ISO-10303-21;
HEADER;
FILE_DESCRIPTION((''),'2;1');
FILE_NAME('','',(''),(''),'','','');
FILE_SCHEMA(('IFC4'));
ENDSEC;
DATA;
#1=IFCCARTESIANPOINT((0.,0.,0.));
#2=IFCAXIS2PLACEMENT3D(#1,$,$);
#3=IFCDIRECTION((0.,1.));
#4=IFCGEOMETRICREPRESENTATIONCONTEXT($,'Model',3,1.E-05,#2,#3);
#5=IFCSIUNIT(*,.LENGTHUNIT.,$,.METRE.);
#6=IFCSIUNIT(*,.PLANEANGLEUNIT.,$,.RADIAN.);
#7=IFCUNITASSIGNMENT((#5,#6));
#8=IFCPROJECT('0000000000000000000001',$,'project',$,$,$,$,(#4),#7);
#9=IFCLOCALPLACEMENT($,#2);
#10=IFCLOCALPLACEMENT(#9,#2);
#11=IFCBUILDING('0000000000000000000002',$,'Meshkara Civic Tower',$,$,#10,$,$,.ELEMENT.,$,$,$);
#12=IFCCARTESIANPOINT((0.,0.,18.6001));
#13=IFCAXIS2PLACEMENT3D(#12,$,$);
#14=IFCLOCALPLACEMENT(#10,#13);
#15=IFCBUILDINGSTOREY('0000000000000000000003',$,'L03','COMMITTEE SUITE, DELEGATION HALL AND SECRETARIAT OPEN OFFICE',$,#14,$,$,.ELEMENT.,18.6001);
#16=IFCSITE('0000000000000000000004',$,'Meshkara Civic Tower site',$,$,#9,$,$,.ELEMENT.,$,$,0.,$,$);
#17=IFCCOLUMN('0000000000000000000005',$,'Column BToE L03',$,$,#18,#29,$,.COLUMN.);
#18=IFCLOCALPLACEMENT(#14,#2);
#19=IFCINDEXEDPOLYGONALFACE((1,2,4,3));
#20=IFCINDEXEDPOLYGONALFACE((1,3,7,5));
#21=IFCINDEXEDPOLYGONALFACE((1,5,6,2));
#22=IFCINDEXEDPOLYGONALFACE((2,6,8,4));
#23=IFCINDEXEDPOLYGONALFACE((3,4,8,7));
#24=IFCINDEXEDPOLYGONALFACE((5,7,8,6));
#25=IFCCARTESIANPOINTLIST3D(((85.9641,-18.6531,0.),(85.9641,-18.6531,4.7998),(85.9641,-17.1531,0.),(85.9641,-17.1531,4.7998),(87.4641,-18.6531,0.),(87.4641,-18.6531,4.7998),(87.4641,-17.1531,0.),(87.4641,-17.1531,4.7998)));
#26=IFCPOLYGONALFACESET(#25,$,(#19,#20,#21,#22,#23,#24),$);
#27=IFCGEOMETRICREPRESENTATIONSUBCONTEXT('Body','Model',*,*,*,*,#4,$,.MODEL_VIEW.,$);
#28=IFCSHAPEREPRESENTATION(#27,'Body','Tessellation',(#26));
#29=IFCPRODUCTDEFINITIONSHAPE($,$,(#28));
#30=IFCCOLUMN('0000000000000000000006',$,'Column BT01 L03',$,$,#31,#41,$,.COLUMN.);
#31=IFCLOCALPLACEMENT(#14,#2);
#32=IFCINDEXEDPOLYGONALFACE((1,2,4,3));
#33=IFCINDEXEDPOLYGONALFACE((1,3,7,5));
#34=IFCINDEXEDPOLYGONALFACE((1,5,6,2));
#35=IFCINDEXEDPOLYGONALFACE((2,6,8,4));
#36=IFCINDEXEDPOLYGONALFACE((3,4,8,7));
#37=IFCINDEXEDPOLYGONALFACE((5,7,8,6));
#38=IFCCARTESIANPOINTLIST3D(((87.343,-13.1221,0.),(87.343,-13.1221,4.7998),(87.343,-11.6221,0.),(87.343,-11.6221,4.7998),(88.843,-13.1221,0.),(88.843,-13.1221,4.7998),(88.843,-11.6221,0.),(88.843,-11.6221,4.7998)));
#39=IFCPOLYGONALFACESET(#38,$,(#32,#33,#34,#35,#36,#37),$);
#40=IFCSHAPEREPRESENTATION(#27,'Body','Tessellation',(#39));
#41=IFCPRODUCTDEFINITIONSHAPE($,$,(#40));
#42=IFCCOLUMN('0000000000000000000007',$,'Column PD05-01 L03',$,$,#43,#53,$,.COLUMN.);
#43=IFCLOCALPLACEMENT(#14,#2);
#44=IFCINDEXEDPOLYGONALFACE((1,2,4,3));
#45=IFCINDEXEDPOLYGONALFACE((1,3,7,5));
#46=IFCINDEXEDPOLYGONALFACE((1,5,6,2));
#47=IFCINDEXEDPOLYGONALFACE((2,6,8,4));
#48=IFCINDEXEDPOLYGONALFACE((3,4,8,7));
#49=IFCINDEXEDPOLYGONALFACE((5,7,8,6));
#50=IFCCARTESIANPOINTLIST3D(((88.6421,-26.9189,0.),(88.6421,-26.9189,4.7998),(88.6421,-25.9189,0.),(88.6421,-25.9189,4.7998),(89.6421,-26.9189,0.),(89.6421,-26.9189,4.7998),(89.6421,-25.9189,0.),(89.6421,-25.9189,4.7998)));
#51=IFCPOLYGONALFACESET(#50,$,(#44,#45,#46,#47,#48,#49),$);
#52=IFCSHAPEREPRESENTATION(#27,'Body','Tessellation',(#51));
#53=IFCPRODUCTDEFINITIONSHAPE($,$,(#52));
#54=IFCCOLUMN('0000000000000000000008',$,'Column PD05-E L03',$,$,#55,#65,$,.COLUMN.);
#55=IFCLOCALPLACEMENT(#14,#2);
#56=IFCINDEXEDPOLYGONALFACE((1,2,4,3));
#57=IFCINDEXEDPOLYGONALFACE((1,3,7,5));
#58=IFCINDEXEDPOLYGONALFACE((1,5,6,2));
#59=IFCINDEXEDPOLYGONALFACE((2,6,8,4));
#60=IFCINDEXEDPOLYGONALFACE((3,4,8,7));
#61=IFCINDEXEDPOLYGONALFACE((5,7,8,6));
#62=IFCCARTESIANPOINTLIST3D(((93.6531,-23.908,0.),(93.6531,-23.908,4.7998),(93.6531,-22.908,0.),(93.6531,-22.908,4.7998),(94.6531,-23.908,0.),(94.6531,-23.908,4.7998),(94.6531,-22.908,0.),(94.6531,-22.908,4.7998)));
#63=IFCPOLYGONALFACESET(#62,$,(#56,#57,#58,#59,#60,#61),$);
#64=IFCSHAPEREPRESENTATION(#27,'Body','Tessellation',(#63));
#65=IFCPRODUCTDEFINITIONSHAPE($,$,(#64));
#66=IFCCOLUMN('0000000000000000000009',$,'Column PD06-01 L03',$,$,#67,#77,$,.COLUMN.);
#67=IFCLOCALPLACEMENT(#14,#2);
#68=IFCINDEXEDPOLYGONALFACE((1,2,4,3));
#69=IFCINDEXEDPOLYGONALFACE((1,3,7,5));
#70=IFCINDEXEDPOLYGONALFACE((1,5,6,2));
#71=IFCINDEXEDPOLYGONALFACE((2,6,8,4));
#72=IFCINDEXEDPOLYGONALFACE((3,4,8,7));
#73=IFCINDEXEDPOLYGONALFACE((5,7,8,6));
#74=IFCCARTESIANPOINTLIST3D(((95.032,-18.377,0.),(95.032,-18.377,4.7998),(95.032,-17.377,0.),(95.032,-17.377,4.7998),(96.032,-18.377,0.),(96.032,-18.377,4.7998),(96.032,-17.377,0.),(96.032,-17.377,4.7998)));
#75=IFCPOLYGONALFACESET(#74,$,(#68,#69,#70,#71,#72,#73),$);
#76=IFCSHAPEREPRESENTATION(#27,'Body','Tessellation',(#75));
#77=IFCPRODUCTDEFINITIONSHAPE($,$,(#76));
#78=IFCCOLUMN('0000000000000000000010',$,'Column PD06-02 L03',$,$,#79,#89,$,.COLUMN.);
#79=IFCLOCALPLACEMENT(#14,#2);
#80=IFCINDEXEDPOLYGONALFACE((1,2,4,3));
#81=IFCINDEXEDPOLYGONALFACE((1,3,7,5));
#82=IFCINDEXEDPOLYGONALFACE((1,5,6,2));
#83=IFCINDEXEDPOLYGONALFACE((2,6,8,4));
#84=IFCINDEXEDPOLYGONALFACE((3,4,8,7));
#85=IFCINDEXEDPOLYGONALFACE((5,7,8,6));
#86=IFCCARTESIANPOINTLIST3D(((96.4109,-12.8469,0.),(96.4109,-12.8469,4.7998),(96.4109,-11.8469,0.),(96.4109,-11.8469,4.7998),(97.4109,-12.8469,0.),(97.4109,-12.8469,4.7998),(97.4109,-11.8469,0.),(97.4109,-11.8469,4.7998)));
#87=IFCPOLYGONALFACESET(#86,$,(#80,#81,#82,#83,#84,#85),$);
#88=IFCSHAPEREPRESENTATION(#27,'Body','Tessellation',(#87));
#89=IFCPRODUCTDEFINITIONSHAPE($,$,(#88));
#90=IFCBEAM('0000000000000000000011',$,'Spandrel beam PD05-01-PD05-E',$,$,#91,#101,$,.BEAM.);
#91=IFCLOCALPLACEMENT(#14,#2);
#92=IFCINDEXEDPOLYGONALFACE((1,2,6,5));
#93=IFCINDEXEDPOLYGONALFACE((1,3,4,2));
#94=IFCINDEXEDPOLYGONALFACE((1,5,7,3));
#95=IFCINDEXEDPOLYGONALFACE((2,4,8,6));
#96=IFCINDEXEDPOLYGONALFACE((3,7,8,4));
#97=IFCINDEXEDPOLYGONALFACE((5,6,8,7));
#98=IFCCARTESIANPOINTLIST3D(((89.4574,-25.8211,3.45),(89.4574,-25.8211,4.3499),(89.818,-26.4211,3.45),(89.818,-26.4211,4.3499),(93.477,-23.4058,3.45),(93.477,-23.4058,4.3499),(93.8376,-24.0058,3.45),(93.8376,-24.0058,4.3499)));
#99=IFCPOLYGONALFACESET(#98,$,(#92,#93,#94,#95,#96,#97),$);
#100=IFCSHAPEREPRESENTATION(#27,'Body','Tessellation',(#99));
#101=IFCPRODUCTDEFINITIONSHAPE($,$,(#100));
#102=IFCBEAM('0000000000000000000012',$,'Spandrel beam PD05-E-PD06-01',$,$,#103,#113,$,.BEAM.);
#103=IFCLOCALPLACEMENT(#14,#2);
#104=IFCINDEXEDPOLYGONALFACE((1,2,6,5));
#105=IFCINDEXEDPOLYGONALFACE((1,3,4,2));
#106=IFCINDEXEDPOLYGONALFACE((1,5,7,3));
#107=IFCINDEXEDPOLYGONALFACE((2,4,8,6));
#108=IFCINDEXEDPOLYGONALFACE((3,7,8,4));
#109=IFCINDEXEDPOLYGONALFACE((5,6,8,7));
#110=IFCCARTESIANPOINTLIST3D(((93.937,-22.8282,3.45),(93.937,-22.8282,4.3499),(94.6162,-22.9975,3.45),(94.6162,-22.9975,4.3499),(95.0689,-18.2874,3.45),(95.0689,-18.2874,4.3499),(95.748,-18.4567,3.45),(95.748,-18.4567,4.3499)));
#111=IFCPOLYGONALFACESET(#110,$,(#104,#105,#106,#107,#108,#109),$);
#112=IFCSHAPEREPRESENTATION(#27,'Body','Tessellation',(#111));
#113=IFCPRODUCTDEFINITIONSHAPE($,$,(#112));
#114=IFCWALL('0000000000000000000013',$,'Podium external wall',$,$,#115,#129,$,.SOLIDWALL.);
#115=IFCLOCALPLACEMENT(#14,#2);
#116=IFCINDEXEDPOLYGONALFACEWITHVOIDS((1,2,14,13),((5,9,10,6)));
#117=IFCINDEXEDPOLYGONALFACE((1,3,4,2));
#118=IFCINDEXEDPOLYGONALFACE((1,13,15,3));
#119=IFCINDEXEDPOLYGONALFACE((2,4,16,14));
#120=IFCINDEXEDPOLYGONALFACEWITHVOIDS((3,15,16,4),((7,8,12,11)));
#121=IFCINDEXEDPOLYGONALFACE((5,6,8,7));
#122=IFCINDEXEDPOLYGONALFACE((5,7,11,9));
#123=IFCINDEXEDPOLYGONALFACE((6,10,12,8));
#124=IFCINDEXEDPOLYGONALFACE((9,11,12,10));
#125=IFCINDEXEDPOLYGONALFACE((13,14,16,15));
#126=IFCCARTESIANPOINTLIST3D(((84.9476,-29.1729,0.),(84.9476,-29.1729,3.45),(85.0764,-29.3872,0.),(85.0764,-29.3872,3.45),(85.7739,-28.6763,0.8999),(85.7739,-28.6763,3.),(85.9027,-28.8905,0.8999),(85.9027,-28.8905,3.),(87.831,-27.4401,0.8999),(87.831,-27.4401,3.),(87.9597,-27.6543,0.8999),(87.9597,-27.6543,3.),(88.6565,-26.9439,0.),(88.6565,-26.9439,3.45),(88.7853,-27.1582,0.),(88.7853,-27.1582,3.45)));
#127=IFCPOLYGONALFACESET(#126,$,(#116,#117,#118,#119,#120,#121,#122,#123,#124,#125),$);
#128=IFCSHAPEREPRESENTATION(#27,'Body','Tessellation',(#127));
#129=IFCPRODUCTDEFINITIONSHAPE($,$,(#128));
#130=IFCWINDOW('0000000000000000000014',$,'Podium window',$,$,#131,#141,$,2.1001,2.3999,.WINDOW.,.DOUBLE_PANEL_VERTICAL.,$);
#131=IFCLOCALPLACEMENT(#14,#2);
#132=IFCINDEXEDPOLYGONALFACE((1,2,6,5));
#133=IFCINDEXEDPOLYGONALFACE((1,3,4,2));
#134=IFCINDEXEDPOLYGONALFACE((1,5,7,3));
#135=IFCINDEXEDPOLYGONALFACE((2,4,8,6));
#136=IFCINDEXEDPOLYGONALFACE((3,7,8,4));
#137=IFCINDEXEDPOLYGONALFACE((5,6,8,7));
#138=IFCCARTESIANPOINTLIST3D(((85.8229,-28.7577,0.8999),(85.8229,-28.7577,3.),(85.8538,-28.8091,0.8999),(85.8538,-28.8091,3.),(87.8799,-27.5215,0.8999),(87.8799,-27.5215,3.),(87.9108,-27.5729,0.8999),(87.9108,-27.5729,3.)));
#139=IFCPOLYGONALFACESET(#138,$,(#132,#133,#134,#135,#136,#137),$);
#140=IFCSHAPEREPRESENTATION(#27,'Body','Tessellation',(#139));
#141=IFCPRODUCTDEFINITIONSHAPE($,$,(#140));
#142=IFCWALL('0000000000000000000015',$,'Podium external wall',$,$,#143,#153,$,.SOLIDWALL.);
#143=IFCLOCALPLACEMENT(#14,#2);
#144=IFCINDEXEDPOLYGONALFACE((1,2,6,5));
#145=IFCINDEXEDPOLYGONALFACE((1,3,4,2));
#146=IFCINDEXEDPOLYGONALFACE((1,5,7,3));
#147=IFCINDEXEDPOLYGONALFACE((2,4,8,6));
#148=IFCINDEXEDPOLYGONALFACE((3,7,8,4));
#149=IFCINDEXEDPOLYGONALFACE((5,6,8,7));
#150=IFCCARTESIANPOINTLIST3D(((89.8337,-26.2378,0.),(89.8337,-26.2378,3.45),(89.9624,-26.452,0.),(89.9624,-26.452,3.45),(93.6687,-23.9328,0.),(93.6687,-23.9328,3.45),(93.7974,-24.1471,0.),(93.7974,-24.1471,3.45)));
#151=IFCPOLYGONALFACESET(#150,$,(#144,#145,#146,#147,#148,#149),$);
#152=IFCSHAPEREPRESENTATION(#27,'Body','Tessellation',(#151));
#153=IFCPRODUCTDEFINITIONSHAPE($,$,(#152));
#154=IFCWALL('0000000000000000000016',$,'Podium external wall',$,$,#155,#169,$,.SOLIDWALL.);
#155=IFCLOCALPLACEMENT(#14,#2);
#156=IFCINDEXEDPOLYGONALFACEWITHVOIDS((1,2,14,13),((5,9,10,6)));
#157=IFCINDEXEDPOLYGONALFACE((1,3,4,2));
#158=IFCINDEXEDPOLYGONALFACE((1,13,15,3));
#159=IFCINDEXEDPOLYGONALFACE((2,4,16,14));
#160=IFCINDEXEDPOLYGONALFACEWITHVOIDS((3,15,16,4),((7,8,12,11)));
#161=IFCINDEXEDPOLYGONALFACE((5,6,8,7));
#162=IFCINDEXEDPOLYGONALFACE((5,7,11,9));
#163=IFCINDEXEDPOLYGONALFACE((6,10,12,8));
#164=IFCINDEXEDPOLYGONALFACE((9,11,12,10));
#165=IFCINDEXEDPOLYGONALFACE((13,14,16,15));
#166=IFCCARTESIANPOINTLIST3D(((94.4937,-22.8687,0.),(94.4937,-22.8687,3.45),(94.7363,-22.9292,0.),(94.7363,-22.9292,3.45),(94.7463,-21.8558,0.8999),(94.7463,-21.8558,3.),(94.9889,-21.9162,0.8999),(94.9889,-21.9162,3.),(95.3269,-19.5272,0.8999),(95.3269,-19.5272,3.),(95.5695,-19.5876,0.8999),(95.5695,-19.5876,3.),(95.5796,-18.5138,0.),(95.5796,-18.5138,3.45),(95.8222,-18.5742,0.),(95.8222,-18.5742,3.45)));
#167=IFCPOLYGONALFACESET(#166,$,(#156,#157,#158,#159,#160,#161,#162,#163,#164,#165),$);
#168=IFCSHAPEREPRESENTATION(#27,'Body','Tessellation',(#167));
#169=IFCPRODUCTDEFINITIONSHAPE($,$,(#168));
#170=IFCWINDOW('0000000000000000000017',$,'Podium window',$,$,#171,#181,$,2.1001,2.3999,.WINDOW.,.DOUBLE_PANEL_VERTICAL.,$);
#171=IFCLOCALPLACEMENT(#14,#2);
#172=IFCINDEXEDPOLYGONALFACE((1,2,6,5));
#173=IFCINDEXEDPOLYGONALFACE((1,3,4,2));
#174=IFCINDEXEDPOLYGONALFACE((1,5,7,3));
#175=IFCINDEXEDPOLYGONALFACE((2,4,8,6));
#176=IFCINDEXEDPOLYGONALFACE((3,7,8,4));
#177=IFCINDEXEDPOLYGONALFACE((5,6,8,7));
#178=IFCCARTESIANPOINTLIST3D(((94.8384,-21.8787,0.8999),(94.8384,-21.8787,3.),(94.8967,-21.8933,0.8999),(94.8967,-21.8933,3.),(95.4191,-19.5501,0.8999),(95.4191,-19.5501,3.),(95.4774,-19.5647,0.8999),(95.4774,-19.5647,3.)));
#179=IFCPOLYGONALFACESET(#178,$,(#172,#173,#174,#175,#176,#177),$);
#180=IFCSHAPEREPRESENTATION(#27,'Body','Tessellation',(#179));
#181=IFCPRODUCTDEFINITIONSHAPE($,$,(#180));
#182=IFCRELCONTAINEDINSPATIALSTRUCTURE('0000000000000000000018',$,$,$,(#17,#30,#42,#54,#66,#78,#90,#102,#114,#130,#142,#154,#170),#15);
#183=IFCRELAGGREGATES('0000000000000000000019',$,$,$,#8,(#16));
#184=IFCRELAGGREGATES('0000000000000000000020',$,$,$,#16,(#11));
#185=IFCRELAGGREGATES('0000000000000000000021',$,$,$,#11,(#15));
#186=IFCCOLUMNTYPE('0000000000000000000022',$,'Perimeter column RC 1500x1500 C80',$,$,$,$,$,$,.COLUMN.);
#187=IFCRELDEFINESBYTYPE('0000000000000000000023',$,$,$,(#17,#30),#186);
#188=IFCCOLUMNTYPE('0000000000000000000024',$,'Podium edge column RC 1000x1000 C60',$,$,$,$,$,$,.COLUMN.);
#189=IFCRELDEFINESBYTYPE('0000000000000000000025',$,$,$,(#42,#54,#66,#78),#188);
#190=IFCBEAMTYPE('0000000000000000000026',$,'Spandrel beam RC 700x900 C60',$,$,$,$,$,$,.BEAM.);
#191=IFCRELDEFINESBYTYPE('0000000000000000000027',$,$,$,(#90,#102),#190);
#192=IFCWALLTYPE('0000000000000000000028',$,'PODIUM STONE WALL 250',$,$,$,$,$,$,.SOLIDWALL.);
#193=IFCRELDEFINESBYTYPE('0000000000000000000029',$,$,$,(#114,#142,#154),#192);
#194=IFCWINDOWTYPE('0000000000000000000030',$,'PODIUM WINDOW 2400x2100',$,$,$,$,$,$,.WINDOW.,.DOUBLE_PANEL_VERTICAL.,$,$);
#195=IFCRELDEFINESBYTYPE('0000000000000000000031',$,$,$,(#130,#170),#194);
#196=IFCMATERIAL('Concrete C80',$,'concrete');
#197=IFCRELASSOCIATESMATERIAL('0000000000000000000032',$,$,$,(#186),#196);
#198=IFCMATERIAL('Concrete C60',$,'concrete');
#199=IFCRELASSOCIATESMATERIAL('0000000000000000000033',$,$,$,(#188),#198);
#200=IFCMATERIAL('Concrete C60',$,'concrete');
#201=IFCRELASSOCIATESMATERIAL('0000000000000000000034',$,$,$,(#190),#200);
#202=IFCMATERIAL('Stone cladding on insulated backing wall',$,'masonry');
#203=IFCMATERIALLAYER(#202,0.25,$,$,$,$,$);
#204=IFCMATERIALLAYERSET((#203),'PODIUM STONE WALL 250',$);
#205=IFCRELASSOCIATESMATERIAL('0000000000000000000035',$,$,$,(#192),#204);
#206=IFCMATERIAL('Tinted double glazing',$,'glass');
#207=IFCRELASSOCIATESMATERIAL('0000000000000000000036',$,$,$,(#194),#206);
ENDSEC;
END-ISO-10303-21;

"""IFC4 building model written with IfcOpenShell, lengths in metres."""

from ifc_helpers import new_model, si_unit, direction, frame, frame_2d, origin, origin_2d, place, context, subcontext, project, spatial, rectangle, extrude, material, layer, layer_set, material_profile, profile_set, type_object, element, fill, save


model = new_model("IFC4")

# Units and contexts
model_context = context("Model", 3, precision=1e-05, world=origin(), true_north=direction((0.0, 1.0)))
body_context = subcontext(model_context, "Body", "Model", "MODEL_VIEW")
ifc_project = project(units=[si_unit("LENGTHUNIT", "METRE"), si_unit("PLANEANGLEUNIT", "RADIAN")], contexts=[model_context])

# Site, building, storey
site_placement = place(None, origin())
site = spatial("IfcSite", under=ifc_project, at=site_placement, Name="Meshkara Civic Tower site", CompositionType="ELEMENT", RefElevation=0.0)
building_placement = place(site_placement, origin())
building = spatial("IfcBuilding", under=site, at=building_placement, Name="Meshkara Civic Tower", CompositionType="ELEMENT")
storey_placement = place(building_placement, frame((0.0, 0.0, 18.6001)))
storey = spatial("IfcBuildingStorey", under=building, at=storey_placement, Name="L03", Description="COMMITTEE SUITE, DELEGATION HALL AND SECRETARIAT OPEN OFFICE", CompositionType="ELEMENT", Elevation=18.6001)

# Columns
ifc_material_1 = material(Name="Concrete C80", Category="concrete")
ifc_material_profile_1 = material_profile(ifc_material_1, rectangle(XDim=1.5, YDim=1.5, at=origin_2d()))
ifc_profile_set_1 = profile_set([ifc_material_profile_1], Name="Concrete C80")
column_type_1 = type_object("IfcColumnType", Name="Perimeter column RC 1500x1500 C80", PredefinedType="COLUMN", material=ifc_profile_set_1)
for number, where, z_axis, x_axis, name in (
    (1, (86.7141, -17.9031, 0.0), (0.0, 0.0, 1.0), (1.0, 0.0, 0.0), "Column BToE L03"),
    (2, (88.093, -12.3721, 0.0), (0.0, 0.0, 1.0), (1.0, 0.0, 0.0), "Column BT01 L03"),
):
    element("IfcColumn", number, at=place(storey_placement, frame(where, z_axis=z_axis, x_axis=x_axis)), inside=storey, type_object=column_type_1, Name=name, PredefinedType="COLUMN", context=body_context, shape_type="SweptSolid", body=[
        extrude(rectangle(XDim=1.5, YDim=1.5, at=origin_2d()), origin(), (0.0, 0.0, 1.0), 4.7998),
    ])
ifc_material_2 = material(Name="Concrete C60", Category="concrete")
ifc_material_profile_2 = material_profile(ifc_material_2, rectangle(XDim=1.0, YDim=1.0, at=origin_2d()))
ifc_profile_set_2 = profile_set([ifc_material_profile_2], Name="Concrete C60")
column_type_2 = type_object("IfcColumnType", Name="Podium edge column RC 1000x1000 C60", PredefinedType="COLUMN", material=ifc_profile_set_2)
for number, where, z_axis, x_axis, name in (
    (3, (89.1421, -26.4189, 0.0), (0.0, 0.0, 1.0), (1.0, 0.0, 0.0), "Column PD05-01 L03"),
    (4, (94.1531, -23.408, 0.0), (0.0, 0.0, 1.0), (1.0, 0.0, 0.0), "Column PD05-E L03"),
    (5, (95.532, -17.877, 0.0), (0.0, 0.0, 1.0), (1.0, 0.0, 0.0), "Column PD06-01 L03"),
    (6, (96.9109, -12.3469, 0.0), (0.0, 0.0, 1.0), (1.0, 0.0, 0.0), "Column PD06-02 L03"),
):
    element("IfcColumn", number, at=place(storey_placement, frame(where, z_axis=z_axis, x_axis=x_axis)), inside=storey, type_object=column_type_2, Name=name, PredefinedType="COLUMN", context=body_context, shape_type="SweptSolid", body=[
        extrude(rectangle(XDim=1.0, YDim=1.0, at=origin_2d()), origin(), (0.0, 0.0, 1.0), 4.7998),
    ])

# Beams
ifc_material_3 = material(Name="Concrete C60", Category="concrete")
ifc_material_profile_3 = material_profile(ifc_material_3, rectangle(XDim=0.7, YDim=0.8999, at=origin_2d()))
ifc_profile_set_3 = profile_set([ifc_material_profile_3], Name="Concrete C60")
beam_type = type_object("IfcBeamType", Name="Spandrel beam RC 700x900 C60", PredefinedType="BEAM", material=ifc_profile_set_3)
beam_1_placement = place(storey_placement, frame((89.6377, -26.1211, 3.8999), z_axis=(0.857157, 0.515055, 0.0), x_axis=(-0.515055, 0.857157, 0.0)))
element("IfcBeam", 7, at=beam_1_placement, inside=storey, type_object=beam_type, Name="Spandrel beam PD05-01-PD05-E", PredefinedType="BEAM", context=body_context, shape_type="SweptSolid", body=[
    extrude(rectangle(XDim=0.7, YDim=0.8999, at=origin_2d()), origin(), (0.0, 0.0, 1.0), 4.6895),
])
beam_2_placement = place(storey_placement, frame((94.2766, -22.9128, 3.8999), z_axis=(0.24186, 0.970311, 0.0), x_axis=(-0.970311, 0.24186, 0.0)))
element("IfcBeam", 8, at=beam_2_placement, inside=storey, type_object=beam_type, Name="Spandrel beam PD05-E-PD06-01", PredefinedType="BEAM", context=body_context, shape_type="SweptSolid", body=[
    extrude(rectangle(XDim=0.7, YDim=0.8999, at=origin_2d()), origin(), (0.0, 0.0, 1.0), 4.6797),
])

# Wall, opening, window
ifc_material_4 = material(Name="Stone cladding on insulated backing wall", Category="masonry")
ifc_layer_1 = layer(ifc_material_4, 0.25)
ifc_layer_set_1 = layer_set([ifc_layer_1], Name="PODIUM STONE WALL 250")
wall_type_1 = type_object("IfcWallType", Name="PODIUM STONE WALL 250", PredefinedType="SOLIDWALL", material=ifc_layer_set_1)
wall_1_placement = place(storey_placement, frame((85.012, -29.28, 0.0), z_axis=(0.0, 0.0, 1.0), x_axis=(0.857124, 0.51511, 0.0)))
wall_1 = element("IfcWall", 9, at=wall_1_placement, inside=storey, type_object=wall_type_1, Name="Podium external wall", PredefinedType="SOLIDWALL", context=body_context, shape_type="SweptSolid", body=[
    extrude(rectangle(XDim=4.3271, YDim=0.25, at=frame_2d((2.1636, 0.0))), origin(), (0.0, 0.0, 1.0), 3.45),
])
opening_1_placement = place(wall_1_placement, frame((0.9641, 0.0, 0.8999)))
opening_1 = element("IfcOpeningElement", 10, at=opening_1_placement, cuts=wall_1, PredefinedType="OPENING", context=body_context, shape_type="SweptSolid", body=[
    extrude(rectangle(XDim=2.3999, YDim=2.1001, at=frame_2d((1.2, 1.05))), frame((0.0, 0.135, 0.0), z_axis=(0.0, -1.0, 0.0), x_axis=(1.0, 0.0, 0.0)), (0.0, 0.0, 1.0), 0.27),
])
ifc_material_5 = material(Name="Tinted double glazing", Category="glass")
window_type = type_object("IfcWindowType", Name="PODIUM WINDOW 2400x2100", PartitioningType="DOUBLE_PANEL_VERTICAL", PredefinedType="WINDOW", material=ifc_material_5)
window_1_placement = place(opening_1_placement, origin())
window_1 = element("IfcWindow", 11, at=window_1_placement, inside=storey, type_object=window_type, Name="Podium window", OverallHeight=2.1001, OverallWidth=2.3999, PartitioningType="DOUBLE_PANEL_VERTICAL", PredefinedType="WINDOW", context=body_context, shape_type="SweptSolid", body=[
    extrude(rectangle(XDim=2.3999, YDim=2.1001, at=frame_2d((1.2, 1.05))), frame((0.0, 0.03, 0.0), z_axis=(0.0, -1.0, 0.0), x_axis=(1.0, 0.0, 0.0)), (0.0, 0.0, 1.0), 0.0601),
])
fill(opening_1, window_1)

# Wall
wall_2_placement = place(storey_placement, frame((89.8979, -26.345, 0.0), z_axis=(0.0, 0.0, 1.0), x_axis=(0.857103, 0.515146, 0.0)))
element("IfcWall", 12, at=wall_2_placement, inside=storey, type_object=wall_type_1, Name="Podium external wall", PredefinedType="SOLIDWALL", context=body_context, shape_type="SweptSolid", body=[
    extrude(rectangle(XDim=4.4744, YDim=0.25, at=frame_2d((2.2373, 0.0))), origin(), (0.0, 0.0, 1.0), 3.45),
])

# Wall, opening, window
wall_3_placement = place(storey_placement, frame((94.615, -22.8989, 0.0), z_axis=(0.0, 0.0, 1.0), x_axis=(0.241947, 0.97029, 0.0)))
wall_3 = element("IfcWall", 13, at=wall_3_placement, inside=storey, type_object=wall_type_1, Name="Podium external wall", PredefinedType="SOLIDWALL", context=body_context, shape_type="SweptSolid", body=[
    extrude(rectangle(XDim=4.4883, YDim=0.25, at=frame_2d((2.2441, 0.0))), origin(), (0.0, 0.0, 1.0), 3.45),
])
opening_2_placement = place(wall_3_placement, frame((1.0439, 0.0, 0.8999)))
opening_2 = element("IfcOpeningElement", 14, at=opening_2_placement, cuts=wall_3, PredefinedType="OPENING", context=body_context, shape_type="SweptSolid", body=[
    extrude(rectangle(XDim=2.3999, YDim=2.1001, at=frame_2d((1.2, 1.05))), frame((0.0, 0.135, 0.0), z_axis=(0.0, -1.0, 0.0), x_axis=(1.0, 0.0, 0.0)), (0.0, 0.0, 1.0), 0.27),
])
window_2_placement = place(opening_2_placement, origin())
window_2 = element("IfcWindow", 15, at=window_2_placement, inside=storey, type_object=window_type, Name="Podium window", OverallHeight=2.1001, OverallWidth=2.3999, PartitioningType="DOUBLE_PANEL_VERTICAL", PredefinedType="WINDOW", context=body_context, shape_type="SweptSolid", body=[
    extrude(rectangle(XDim=2.3999, YDim=2.1001, at=frame_2d((1.2, 1.05))), frame((0.0, 0.03, 0.0), z_axis=(0.0, -1.0, 0.0), x_axis=(1.0, 0.0, 0.0)), (0.0, 0.0, 1.0), 0.0601),
])
fill(opening_2, window_2)

save(model, "model.ifc")
